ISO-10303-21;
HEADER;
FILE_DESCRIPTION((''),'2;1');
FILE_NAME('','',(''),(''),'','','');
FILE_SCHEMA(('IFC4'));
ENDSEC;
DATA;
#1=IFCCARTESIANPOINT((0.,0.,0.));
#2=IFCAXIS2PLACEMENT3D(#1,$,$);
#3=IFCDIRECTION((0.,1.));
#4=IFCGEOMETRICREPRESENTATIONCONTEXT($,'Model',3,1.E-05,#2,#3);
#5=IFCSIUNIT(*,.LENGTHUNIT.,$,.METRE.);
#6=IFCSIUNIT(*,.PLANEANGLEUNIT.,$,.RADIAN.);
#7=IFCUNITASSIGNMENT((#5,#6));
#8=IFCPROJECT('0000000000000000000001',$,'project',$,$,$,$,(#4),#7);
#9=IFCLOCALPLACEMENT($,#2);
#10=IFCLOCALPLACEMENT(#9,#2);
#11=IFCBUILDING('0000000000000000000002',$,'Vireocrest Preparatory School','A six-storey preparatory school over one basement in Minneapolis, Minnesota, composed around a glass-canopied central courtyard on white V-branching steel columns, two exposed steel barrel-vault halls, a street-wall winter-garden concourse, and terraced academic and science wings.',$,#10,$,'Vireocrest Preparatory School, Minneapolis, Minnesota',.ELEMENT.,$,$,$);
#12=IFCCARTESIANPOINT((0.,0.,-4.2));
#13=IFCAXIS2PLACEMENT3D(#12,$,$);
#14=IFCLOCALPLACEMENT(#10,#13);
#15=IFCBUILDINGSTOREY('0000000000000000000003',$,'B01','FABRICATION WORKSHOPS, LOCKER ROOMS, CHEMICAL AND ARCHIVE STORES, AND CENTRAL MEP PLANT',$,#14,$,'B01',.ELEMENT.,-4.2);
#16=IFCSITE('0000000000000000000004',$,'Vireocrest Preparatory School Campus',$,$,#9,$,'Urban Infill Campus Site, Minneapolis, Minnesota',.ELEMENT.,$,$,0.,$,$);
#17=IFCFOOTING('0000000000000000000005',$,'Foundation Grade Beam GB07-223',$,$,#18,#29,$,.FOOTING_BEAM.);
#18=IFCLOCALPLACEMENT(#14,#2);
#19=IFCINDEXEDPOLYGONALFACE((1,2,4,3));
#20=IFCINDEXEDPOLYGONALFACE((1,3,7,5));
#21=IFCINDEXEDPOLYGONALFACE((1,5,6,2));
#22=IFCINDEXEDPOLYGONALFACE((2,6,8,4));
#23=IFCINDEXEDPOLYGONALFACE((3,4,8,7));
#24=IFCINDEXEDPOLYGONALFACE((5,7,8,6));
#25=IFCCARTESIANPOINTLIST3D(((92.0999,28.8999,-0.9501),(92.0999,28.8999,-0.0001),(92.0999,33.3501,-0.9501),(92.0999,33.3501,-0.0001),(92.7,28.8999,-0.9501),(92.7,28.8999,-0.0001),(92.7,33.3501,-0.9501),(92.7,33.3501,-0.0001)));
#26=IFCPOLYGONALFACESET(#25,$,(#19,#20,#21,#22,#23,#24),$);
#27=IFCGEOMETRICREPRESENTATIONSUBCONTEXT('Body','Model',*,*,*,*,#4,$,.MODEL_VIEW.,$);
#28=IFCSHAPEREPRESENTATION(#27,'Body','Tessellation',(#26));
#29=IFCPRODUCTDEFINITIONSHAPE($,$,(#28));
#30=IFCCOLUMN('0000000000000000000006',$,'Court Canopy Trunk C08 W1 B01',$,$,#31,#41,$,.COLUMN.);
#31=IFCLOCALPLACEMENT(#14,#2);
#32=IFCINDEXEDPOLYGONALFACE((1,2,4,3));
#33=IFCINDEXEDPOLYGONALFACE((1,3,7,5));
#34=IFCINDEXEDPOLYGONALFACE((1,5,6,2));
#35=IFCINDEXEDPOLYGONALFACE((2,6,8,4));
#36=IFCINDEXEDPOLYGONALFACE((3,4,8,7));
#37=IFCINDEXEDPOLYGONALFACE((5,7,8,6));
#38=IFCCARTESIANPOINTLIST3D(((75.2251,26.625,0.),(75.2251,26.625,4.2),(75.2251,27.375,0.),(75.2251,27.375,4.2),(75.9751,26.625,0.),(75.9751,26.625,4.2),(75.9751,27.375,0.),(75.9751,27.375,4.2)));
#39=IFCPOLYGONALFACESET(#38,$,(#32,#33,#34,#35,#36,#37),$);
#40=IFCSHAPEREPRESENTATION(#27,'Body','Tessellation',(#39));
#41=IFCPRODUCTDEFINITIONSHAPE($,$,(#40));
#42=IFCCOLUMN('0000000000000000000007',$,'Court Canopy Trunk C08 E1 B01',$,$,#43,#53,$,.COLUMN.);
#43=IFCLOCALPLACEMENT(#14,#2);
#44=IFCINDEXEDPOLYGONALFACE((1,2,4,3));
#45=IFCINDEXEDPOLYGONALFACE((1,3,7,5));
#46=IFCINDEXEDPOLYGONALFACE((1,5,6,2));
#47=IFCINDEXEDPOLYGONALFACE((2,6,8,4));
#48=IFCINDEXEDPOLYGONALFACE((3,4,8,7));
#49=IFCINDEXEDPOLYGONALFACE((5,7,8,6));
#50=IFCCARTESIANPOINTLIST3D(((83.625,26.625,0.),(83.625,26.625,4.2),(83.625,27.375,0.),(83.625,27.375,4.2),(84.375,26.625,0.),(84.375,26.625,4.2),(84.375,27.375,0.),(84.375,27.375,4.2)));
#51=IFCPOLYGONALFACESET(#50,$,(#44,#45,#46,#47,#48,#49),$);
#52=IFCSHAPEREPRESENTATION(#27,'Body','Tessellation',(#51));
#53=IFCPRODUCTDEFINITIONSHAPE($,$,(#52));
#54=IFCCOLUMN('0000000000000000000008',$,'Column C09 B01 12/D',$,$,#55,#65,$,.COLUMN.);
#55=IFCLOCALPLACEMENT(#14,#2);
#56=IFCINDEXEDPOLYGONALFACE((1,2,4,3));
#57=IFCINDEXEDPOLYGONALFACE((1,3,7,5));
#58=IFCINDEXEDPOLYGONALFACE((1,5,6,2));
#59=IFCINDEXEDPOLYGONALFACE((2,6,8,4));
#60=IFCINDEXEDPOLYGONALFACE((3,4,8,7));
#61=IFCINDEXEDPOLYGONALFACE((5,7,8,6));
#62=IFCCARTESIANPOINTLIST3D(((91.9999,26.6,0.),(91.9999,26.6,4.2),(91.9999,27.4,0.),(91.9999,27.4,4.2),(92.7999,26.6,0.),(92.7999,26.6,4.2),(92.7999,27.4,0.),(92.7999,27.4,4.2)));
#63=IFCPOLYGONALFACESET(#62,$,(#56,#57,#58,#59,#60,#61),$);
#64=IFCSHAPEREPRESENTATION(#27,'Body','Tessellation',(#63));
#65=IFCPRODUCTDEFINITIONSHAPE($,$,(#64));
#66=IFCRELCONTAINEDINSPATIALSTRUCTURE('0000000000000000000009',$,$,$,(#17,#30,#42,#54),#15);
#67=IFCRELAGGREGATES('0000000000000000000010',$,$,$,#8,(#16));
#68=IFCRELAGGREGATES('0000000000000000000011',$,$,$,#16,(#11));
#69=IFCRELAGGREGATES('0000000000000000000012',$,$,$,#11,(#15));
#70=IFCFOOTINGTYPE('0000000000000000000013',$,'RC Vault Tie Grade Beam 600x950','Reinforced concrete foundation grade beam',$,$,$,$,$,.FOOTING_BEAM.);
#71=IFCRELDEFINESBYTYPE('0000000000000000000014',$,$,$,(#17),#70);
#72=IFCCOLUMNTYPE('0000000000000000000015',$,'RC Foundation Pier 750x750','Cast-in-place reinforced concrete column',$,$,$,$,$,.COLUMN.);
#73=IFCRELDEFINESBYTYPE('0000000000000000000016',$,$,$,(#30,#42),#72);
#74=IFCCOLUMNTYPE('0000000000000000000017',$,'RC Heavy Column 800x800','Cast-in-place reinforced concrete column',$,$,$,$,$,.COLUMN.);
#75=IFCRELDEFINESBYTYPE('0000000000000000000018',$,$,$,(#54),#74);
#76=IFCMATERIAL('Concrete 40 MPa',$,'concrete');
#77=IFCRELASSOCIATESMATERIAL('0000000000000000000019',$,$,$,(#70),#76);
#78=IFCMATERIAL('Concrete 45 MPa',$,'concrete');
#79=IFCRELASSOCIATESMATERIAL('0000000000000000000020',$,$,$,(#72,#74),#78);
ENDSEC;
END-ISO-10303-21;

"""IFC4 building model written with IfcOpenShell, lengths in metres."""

from ifc_helpers import new_model, si_unit, direction, frame, origin, origin_2d, place, context, subcontext, project, spatial, rectangle, extrude, material, material_profile, profile_set, type_object, element, save


model = new_model("IFC4")

# Units and contexts
model_context = context("Model", 3, precision=1e-05, world=origin(), true_north=direction((0.0, 1.0)))
body_context = subcontext(model_context, "Body", "Model", "MODEL_VIEW")
ifc_project = project(units=[si_unit("LENGTHUNIT", "METRE"), si_unit("PLANEANGLEUNIT", "RADIAN")], contexts=[model_context])

# Site, building, storey
site_placement = place(None, origin())
site = spatial("IfcSite", under=ifc_project, at=site_placement, Name="Vireocrest Preparatory School Campus", LongName="Urban Infill Campus Site, Minneapolis, Minnesota", CompositionType="ELEMENT", RefElevation=0.0)
building_placement = place(site_placement, origin())
building = spatial("IfcBuilding", under=site, at=building_placement, Name="Vireocrest Preparatory School", Description="A six-storey preparatory school over one basement in Minneapolis, Minnesota, composed around a glass-canopied central courtyard on white V-branching steel columns, two exposed steel barrel-vault halls, a street-wall winter-garden concourse, and terraced academic and science wings.", LongName="Vireocrest Preparatory School, Minneapolis, Minnesota", CompositionType="ELEMENT")
storey_placement = place(building_placement, frame((0.0, 0.0, -4.2)))
storey = spatial("IfcBuildingStorey", under=building, at=storey_placement, Name="B01", Description="FABRICATION WORKSHOPS, LOCKER ROOMS, CHEMICAL AND ARCHIVE STORES, AND CENTRAL MEP PLANT", LongName="B01", CompositionType="ELEMENT", Elevation=-4.2)

# Shared definitions
ifc_material_1 = material(Name="Concrete 40 MPa", Category="concrete")

# Footing
ifc_material_profile_1 = material_profile(ifc_material_1, rectangle(XDim=0.6001, YDim=0.95, at=origin_2d()), Name="GB 600x950")
ifc_profile_set_1 = profile_set([ifc_material_profile_1], Name="Concrete 40 MPa")
footing_type_1 = type_object("IfcFootingType", Name="RC Vault Tie Grade Beam 600x950", Description="Reinforced concrete foundation grade beam", PredefinedType="FOOTING_BEAM", material=ifc_profile_set_1)
footing_1_placement = place(storey_placement, frame((92.3999, 28.8999, -0.4751), z_axis=(0.0, 1.0, 0.0), x_axis=(-1.0, 0.0, 0.0)))
element("IfcFooting", 1, at=footing_1_placement, inside=storey, type_object=footing_type_1, Name="Foundation Grade Beam GB07-223", PredefinedType="FOOTING_BEAM", context=body_context, shape_type="SweptSolid", body=[
    extrude(rectangle(XDim=0.6001, YDim=0.95, at=origin_2d()), origin(), (0.0, 0.0, 1.0), 4.4502),
])

# Columns
ifc_material_2 = material(Name="Concrete 45 MPa", Category="concrete")
ifc_material_profile_2 = material_profile(ifc_material_2, rectangle(XDim=0.75, YDim=0.75, at=origin_2d()), Name="RC 750x750")
ifc_profile_set_2 = profile_set([ifc_material_profile_2], Name="Concrete 45 MPa")
column_type_1 = type_object("IfcColumnType", Name="RC Foundation Pier 750x750", Description="Cast-in-place reinforced concrete column", PredefinedType="COLUMN", material=ifc_profile_set_2)
for number, where, z_axis, x_axis, name in (
    (2, (75.6001, 27.0, 0.0), (0.0, 0.0, 1.0), (1.0, 0.0, 0.0), "Court Canopy Trunk C08 W1 B01"),
    (3, (84.0, 27.0, 0.0), (0.0, 0.0, 1.0), (1.0, 0.0, 0.0), "Court Canopy Trunk C08 E1 B01"),
):
    element("IfcColumn", number, at=place(storey_placement, frame(where, z_axis=z_axis, x_axis=x_axis)), inside=storey, type_object=column_type_1, Name=name, PredefinedType="COLUMN", context=body_context, shape_type="SweptSolid", body=[
        extrude(rectangle(XDim=0.75, YDim=0.75, at=origin_2d()), origin(), (0.0, 0.0, 1.0), 4.2),
    ])
ifc_material_profile_3 = material_profile(ifc_material_2, rectangle(XDim=0.8, YDim=0.8, at=origin_2d()), Name="RC 800x800")
ifc_profile_set_3 = profile_set([ifc_material_profile_3], Name="Concrete 45 MPa")
column_type_2 = type_object("IfcColumnType", Name="RC Heavy Column 800x800", Description="Cast-in-place reinforced concrete column", PredefinedType="COLUMN", material=ifc_profile_set_3)
column_placement = place(storey_placement, frame((92.3999, 27.0, 0.0), z_axis=(0.0, 0.0, 1.0), x_axis=(1.0, 0.0, 0.0)))
element("IfcColumn", 4, at=column_placement, inside=storey, type_object=column_type_2, Name="Column C09 B01 12/D", PredefinedType="COLUMN", context=body_context, shape_type="SweptSolid", body=[
    extrude(rectangle(XDim=0.8, YDim=0.8, at=origin_2d()), origin(), (0.0, 0.0, 1.0), 4.2),
])

save(model, "model.ifc")
